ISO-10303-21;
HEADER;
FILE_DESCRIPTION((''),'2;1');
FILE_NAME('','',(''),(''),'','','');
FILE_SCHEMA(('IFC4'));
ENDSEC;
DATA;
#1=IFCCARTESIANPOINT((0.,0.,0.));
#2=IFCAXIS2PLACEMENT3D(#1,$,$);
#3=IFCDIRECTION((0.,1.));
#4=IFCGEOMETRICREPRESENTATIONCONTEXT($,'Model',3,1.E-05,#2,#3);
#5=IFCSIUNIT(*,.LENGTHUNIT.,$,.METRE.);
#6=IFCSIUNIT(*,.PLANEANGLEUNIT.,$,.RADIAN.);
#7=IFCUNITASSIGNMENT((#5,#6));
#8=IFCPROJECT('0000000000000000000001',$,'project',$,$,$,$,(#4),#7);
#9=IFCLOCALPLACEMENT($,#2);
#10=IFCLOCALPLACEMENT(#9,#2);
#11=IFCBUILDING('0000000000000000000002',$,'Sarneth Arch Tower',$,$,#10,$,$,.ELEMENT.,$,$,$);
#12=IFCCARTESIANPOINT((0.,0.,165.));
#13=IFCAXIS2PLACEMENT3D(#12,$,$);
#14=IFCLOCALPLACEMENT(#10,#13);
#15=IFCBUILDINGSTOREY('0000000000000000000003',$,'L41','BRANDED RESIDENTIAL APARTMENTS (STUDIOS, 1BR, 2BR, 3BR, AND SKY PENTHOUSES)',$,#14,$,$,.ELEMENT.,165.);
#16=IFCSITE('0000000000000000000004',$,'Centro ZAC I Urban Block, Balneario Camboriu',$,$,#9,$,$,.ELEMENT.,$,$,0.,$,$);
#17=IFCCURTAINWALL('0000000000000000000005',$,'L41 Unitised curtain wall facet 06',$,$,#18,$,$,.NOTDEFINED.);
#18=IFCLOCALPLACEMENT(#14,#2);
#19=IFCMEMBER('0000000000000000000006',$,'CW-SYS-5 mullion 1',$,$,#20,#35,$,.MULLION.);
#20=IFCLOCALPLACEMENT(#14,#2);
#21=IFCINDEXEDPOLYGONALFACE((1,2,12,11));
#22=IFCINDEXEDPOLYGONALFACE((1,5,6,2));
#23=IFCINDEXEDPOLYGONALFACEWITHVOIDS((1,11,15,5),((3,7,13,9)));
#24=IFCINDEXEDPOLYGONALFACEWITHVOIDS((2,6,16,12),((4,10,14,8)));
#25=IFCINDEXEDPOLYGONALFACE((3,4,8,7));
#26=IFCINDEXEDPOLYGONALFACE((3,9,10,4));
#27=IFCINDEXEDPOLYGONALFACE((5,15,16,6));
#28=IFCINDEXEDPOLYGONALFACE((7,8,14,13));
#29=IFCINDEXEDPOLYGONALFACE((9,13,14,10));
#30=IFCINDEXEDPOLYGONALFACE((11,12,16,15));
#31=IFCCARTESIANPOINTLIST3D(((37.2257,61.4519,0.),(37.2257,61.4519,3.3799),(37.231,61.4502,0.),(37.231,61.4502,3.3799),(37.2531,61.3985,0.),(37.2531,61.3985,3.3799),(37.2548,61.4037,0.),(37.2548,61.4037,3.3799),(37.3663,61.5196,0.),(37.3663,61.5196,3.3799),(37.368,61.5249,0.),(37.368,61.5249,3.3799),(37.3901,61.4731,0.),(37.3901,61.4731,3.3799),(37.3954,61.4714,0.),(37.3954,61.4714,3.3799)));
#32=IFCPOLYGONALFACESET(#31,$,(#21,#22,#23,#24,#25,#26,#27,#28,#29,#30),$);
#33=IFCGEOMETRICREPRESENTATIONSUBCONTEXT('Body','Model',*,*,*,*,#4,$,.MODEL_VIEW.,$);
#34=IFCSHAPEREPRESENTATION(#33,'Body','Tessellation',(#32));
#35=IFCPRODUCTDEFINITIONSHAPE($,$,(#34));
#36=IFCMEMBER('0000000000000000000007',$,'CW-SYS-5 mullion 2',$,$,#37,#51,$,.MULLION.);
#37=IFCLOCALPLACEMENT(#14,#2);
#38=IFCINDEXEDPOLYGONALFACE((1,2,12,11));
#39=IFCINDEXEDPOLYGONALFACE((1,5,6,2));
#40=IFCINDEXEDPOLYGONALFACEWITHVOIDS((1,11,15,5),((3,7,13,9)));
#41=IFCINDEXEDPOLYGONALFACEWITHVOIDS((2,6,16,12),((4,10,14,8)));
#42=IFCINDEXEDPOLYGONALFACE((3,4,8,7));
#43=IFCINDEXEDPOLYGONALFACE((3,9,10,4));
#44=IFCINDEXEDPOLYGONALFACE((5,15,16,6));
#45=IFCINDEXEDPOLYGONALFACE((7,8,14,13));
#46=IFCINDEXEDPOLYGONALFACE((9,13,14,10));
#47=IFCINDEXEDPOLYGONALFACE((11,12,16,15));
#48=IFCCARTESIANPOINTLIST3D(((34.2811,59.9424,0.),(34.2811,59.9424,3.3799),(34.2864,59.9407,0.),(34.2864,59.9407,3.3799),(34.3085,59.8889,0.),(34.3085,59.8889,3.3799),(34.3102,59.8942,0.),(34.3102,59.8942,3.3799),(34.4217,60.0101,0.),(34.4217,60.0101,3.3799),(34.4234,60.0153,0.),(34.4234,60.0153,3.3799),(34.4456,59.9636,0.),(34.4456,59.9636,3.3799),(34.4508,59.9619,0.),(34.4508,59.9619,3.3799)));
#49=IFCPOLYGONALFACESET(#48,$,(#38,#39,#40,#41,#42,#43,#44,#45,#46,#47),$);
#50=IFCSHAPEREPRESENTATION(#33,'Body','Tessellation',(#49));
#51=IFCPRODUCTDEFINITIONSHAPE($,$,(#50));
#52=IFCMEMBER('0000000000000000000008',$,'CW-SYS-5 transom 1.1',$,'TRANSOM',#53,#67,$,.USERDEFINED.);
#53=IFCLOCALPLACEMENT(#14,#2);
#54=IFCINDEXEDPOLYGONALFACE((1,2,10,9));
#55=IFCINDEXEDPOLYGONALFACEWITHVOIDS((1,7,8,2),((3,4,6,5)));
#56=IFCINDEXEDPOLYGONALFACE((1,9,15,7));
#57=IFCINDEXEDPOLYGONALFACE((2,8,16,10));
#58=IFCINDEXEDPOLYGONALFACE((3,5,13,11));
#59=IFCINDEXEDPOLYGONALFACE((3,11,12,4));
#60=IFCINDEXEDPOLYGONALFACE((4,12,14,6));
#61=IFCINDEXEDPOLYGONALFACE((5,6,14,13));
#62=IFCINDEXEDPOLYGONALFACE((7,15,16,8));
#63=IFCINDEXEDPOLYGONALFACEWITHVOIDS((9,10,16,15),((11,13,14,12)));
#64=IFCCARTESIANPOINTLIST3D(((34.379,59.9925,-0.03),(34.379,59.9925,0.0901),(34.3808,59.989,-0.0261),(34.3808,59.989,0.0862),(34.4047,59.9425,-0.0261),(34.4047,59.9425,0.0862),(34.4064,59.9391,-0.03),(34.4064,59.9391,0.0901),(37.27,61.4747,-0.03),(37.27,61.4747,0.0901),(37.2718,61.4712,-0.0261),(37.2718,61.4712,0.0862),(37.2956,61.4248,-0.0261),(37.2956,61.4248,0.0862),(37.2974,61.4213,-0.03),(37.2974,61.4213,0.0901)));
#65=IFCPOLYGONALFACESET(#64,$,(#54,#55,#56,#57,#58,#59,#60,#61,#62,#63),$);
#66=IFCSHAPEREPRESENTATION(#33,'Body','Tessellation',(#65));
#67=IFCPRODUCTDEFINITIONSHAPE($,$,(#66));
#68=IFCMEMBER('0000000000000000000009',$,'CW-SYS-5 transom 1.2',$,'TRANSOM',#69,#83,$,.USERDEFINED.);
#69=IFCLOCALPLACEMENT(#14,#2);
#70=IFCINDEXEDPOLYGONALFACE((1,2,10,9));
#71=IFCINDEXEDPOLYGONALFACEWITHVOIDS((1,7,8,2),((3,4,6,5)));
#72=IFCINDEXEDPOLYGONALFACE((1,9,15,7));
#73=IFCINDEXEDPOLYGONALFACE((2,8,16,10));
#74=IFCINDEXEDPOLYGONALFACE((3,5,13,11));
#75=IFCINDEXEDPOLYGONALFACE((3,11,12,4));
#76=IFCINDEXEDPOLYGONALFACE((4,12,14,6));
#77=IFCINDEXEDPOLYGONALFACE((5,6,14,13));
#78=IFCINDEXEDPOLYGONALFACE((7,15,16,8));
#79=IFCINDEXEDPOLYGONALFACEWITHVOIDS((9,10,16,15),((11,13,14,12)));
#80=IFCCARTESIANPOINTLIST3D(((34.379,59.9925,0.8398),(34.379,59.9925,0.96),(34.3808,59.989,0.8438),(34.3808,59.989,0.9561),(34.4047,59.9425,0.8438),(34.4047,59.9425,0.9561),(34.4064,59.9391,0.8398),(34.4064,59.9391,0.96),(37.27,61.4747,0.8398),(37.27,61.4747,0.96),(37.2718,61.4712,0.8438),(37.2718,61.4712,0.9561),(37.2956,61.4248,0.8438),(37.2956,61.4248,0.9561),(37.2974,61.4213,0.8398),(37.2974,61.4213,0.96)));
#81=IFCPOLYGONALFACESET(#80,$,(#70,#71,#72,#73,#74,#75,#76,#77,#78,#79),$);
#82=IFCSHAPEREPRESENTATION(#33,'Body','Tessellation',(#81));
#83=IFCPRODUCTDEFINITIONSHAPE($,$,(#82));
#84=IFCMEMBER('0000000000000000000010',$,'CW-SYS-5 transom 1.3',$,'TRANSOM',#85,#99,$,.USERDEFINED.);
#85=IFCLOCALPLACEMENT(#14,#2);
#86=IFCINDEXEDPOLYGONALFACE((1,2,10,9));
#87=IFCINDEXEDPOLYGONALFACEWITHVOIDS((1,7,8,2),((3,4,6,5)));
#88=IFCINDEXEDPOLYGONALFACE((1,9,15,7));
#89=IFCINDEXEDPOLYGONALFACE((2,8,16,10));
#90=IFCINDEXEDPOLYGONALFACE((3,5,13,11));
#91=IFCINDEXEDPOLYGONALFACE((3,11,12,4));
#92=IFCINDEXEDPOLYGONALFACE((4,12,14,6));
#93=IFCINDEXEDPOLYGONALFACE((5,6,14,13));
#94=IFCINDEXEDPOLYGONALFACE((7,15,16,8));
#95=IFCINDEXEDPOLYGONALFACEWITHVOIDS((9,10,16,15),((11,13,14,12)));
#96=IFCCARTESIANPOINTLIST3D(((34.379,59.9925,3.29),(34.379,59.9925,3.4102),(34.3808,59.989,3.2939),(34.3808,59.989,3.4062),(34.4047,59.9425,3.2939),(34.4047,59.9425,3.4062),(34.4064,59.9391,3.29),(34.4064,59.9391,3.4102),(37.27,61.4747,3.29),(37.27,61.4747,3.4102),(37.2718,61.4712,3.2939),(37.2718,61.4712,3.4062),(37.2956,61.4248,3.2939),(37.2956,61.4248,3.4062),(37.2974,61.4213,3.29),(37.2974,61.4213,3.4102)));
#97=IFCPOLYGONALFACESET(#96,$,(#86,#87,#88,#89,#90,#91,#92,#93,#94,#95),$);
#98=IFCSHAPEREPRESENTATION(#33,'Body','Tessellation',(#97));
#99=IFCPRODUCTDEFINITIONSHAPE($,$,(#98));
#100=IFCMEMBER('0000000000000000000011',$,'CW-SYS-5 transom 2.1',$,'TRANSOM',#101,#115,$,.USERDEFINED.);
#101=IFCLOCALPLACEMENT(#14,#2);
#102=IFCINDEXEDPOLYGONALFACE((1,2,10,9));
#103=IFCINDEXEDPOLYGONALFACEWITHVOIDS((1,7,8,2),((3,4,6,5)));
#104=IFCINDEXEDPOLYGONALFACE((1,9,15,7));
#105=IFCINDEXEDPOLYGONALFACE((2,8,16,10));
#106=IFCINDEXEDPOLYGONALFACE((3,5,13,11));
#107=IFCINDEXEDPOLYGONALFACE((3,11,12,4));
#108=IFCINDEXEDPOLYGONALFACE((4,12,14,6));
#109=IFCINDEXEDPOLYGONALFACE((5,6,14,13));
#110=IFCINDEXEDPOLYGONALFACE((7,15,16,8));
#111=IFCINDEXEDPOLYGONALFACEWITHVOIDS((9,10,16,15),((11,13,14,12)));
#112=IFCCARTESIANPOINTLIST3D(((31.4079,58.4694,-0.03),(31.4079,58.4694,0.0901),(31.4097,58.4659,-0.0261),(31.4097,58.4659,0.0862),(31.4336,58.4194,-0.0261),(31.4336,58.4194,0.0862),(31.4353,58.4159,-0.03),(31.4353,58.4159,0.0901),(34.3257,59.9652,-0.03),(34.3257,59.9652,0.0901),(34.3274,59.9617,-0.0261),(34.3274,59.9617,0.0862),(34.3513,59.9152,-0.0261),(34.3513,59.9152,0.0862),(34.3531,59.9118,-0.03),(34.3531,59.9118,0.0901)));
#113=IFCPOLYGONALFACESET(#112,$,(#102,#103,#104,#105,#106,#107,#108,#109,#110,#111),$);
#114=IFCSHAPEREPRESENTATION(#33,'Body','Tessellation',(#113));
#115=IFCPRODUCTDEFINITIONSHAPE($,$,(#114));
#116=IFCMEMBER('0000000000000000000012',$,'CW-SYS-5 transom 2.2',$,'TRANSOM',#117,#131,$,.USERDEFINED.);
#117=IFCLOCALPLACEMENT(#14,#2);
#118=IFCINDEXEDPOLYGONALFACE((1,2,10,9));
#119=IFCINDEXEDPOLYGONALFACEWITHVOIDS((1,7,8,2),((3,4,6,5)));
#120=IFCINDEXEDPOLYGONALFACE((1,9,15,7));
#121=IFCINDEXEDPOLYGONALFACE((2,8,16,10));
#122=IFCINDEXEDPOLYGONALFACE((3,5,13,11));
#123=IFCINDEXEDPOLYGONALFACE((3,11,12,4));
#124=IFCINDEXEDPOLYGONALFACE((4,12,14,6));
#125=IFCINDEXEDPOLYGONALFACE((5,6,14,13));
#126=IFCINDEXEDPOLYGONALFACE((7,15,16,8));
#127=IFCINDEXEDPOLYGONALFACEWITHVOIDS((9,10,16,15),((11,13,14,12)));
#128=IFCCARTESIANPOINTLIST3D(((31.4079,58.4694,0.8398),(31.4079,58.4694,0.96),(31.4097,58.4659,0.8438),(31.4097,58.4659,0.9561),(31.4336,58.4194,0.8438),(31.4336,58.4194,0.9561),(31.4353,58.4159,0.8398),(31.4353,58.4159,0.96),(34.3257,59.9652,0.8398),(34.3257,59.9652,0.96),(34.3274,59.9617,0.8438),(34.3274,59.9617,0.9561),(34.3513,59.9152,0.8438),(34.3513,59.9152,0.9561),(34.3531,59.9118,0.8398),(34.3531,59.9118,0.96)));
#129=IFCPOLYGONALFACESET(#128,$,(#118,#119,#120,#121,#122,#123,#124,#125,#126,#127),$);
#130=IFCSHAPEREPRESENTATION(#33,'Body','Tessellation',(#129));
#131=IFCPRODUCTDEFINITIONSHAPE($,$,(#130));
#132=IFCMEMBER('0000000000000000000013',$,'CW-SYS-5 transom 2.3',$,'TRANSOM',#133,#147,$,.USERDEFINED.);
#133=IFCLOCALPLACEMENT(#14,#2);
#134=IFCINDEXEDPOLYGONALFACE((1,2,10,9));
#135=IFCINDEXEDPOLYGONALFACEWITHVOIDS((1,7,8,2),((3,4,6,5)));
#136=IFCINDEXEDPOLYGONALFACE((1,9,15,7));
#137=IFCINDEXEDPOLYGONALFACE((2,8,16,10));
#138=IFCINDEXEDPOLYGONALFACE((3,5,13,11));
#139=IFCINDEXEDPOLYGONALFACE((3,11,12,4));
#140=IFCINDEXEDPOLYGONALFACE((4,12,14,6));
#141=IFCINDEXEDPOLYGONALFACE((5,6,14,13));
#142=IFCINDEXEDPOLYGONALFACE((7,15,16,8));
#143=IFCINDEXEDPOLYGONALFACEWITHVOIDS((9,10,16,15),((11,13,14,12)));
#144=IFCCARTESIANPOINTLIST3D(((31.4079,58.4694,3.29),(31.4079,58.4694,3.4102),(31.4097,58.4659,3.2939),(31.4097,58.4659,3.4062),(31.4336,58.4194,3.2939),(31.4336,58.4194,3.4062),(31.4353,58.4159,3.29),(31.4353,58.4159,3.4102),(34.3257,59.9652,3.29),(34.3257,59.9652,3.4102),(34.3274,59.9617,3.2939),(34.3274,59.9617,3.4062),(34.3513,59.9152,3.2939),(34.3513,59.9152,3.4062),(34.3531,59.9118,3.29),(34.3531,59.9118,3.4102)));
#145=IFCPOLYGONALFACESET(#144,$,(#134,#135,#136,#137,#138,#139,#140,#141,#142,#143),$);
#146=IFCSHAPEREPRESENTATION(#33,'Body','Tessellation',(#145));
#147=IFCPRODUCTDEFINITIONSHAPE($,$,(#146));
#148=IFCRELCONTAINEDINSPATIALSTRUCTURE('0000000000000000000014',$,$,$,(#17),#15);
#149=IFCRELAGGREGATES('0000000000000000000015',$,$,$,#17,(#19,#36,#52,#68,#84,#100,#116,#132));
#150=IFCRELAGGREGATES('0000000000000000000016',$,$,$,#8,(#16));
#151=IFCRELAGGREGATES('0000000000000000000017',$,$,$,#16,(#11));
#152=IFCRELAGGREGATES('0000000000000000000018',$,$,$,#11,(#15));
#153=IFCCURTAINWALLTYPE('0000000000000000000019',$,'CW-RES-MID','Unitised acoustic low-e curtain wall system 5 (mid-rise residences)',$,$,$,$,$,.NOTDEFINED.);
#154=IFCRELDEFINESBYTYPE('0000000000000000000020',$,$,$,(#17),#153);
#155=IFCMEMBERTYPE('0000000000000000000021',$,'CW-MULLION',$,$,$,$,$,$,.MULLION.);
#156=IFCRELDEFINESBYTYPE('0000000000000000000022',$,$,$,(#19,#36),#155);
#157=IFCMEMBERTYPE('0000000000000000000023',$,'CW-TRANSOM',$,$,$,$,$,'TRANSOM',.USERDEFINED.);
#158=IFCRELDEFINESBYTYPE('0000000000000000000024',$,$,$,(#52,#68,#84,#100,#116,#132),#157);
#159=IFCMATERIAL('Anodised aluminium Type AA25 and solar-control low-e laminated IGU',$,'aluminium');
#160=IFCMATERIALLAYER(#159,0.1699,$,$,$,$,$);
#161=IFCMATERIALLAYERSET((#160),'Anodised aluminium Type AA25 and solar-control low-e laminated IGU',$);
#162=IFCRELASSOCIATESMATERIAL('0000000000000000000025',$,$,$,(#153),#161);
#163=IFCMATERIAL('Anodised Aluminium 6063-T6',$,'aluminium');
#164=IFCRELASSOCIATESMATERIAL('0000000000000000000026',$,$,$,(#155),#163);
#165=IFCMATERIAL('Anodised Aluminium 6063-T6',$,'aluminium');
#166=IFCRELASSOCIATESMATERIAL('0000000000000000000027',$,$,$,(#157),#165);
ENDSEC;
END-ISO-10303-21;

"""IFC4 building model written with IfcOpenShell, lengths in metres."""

from ifc_helpers import new_model, si_unit, direction, frame, origin, origin_2d, place, context, subcontext, project, spatial, hollow_rectangle, extrude, material, layer, layer_set, material_profile, profile_set, type_object, element, aggregate, save


model = new_model("IFC4")

# Units and contexts
model_context = context("Model", 3, precision=1e-05, world=origin(), true_north=direction((0.0, 1.0)))
body_context = subcontext(model_context, "Body", "Model", "MODEL_VIEW")
ifc_project = project(units=[si_unit("LENGTHUNIT", "METRE"), si_unit("PLANEANGLEUNIT", "RADIAN")], contexts=[model_context])

# Site, building, storey
site_placement = place(None, origin())
site = spatial("IfcSite", under=ifc_project, at=site_placement, Name="Centro ZAC I Urban Block, Balneario Camboriu", CompositionType="ELEMENT", RefElevation=0.0)
building_placement = place(site_placement, origin())
building = spatial("IfcBuilding", under=site, at=building_placement, Name="Sarneth Arch Tower", CompositionType="ELEMENT")
storey_placement = place(building_placement, frame((0.0, 0.0, 165.0)))
storey = spatial("IfcBuildingStorey", under=building, at=storey_placement, Name="L41", Description="BRANDED RESIDENTIAL APARTMENTS (STUDIOS, 1BR, 2BR, 3BR, AND SKY PENTHOUSES)", CompositionType="ELEMENT", Elevation=165.0)

# Curtain wall, members
ifc_material_1 = material(Name="Anodised aluminium Type AA25 and solar-control low-e laminated IGU", Category="aluminium")
ifc_layer_1 = layer(ifc_material_1, 0.1699)
ifc_layer_set_1 = layer_set([ifc_layer_1], Name="Anodised aluminium Type AA25 and solar-control low-e laminated IGU")
curtain_wall_type = type_object("IfcCurtainWallType", Name="CW-RES-MID", Description="Unitised acoustic low-e curtain wall system 5 (mid-rise residences)", PredefinedType="NOTDEFINED", material=ifc_layer_set_1)
curtain_wall_placement = place(storey_placement, origin())
curtain_wall = element("IfcCurtainWall", 1, at=curtain_wall_placement, inside=storey, type_object=curtain_wall_type, Name="L41 Unitised curtain wall facet 06", PredefinedType="NOTDEFINED")
ifc_material_2 = material(Name="Anodised Aluminium 6063-T6", Category="aluminium")
ifc_material_profile_1 = material_profile(ifc_material_2, hollow_rectangle(XDim=0.0601, YDim=0.1599, WallThickness=0.0039, at=origin_2d()), Name="AL-MULL-160x60x4")
ifc_profile_set_1 = profile_set([ifc_material_profile_1], Name="Anodised Aluminium 6063-T6")
member_type_1 = type_object("IfcMemberType", Name="CW-MULLION", PredefinedType="MULLION", material=ifc_profile_set_1)
member_1_placement = place(storey_placement, frame((37.3105, 61.4617, 0.0), z_axis=(0.0, 0.0, 1.0), x_axis=(0.456208, -0.889873, 0.0)))
member_1 = element("IfcMember", 2, at=member_1_placement, type_object=member_type_1, Name="CW-SYS-5 mullion 1", PredefinedType="MULLION", context=body_context, shape_type="SweptSolid", body=[
    extrude(hollow_rectangle(XDim=0.0601, YDim=0.1599, WallThickness=0.0039, at=origin_2d()), origin(), (0.0, 0.0, 1.0), 3.3799),
])
member_2_placement = place(storey_placement, frame((34.366, 59.9521, 0.0), z_axis=(0.0, 0.0, 1.0), x_axis=(0.456208, -0.889873, 0.0)))
member_2 = element("IfcMember", 3, at=member_2_placement, type_object=member_type_1, Name="CW-SYS-5 mullion 2", PredefinedType="MULLION", context=body_context, shape_type="SweptSolid", body=[
    extrude(hollow_rectangle(XDim=0.0601, YDim=0.1599, WallThickness=0.0039, at=origin_2d()), origin(), (0.0, 0.0, 1.0), 3.3799),
])
ifc_material_3 = material(Name="Anodised Aluminium 6063-T6", Category="aluminium")
ifc_material_profile_2 = material_profile(ifc_material_3, hollow_rectangle(XDim=0.0601, YDim=0.1201, WallThickness=0.0039, at=origin_2d()), Name="AL-TRAN-120x60x4")
ifc_profile_set_2 = profile_set([ifc_material_profile_2], Name="Anodised Aluminium 6063-T6")
member_type_2 = type_object("IfcMemberType", Name="CW-TRANSOM", ElementType="TRANSOM", PredefinedType="USERDEFINED", material=ifc_profile_set_2)
member_3_placement = place(storey_placement, frame((37.2837, 61.448, 0.03), z_axis=(-0.889857, -0.456239, 0.0), x_axis=(0.456239, -0.889857, 0.0)))
member_3 = element("IfcMember", 4, at=member_3_placement, type_object=member_type_2, Name="CW-SYS-5 transom 1.1", ObjectType="TRANSOM", PredefinedType="USERDEFINED", context=body_context, shape_type="SweptSolid", body=[
    extrude(hollow_rectangle(XDim=0.0601, YDim=0.1201, WallThickness=0.0039, at=origin_2d()), origin(), (0.0, 0.0, 1.0), 3.2488),
])
member_4_placement = place(storey_placement, frame((37.2837, 61.448, 0.8999), z_axis=(-0.889857, -0.456239, 0.0), x_axis=(0.456239, -0.889857, 0.0)))
member_4 = element("IfcMember", 5, at=member_4_placement, type_object=member_type_2, Name="CW-SYS-5 transom 1.2", ObjectType="TRANSOM", PredefinedType="USERDEFINED", context=body_context, shape_type="SweptSolid", body=[
    extrude(hollow_rectangle(XDim=0.0601, YDim=0.1201, WallThickness=0.0039, at=origin_2d()), origin(), (0.0, 0.0, 1.0), 3.2488),
])
member_5_placement = place(storey_placement, frame((37.2837, 61.448, 3.3501), z_axis=(-0.889857, -0.456239, 0.0), x_axis=(0.456239, -0.889857, 0.0)))
member_5 = element("IfcMember", 6, at=member_5_placement, type_object=member_type_2, Name="CW-SYS-5 transom 1.3", ObjectType="TRANSOM", PredefinedType="USERDEFINED", context=body_context, shape_type="SweptSolid", body=[
    extrude(hollow_rectangle(XDim=0.0601, YDim=0.1201, WallThickness=0.0039, at=origin_2d()), origin(), (0.0, 0.0, 1.0), 3.2488),
])
member_6_placement = place(storey_placement, frame((34.3394, 59.9385, 0.03), z_axis=(-0.889869, -0.456215, 0.0), x_axis=(0.456215, -0.889869, 0.0)))
member_6 = element("IfcMember", 7, at=member_6_placement, type_object=member_type_2, Name="CW-SYS-5 transom 2.1", ObjectType="TRANSOM", PredefinedType="USERDEFINED", context=body_context, shape_type="SweptSolid", body=[
    extrude(hollow_rectangle(XDim=0.0601, YDim=0.1201, WallThickness=0.0039, at=origin_2d()), origin(), (0.0, 0.0, 1.0), 3.2788),
])
member_7_placement = place(storey_placement, frame((34.3394, 59.9385, 0.8999), z_axis=(-0.889869, -0.456215, 0.0), x_axis=(0.456215, -0.889869, 0.0)))
member_7 = element("IfcMember", 8, at=member_7_placement, type_object=member_type_2, Name="CW-SYS-5 transom 2.2", ObjectType="TRANSOM", PredefinedType="USERDEFINED", context=body_context, shape_type="SweptSolid", body=[
    extrude(hollow_rectangle(XDim=0.0601, YDim=0.1201, WallThickness=0.0039, at=origin_2d()), origin(), (0.0, 0.0, 1.0), 3.2788),
])
member_8_placement = place(storey_placement, frame((34.3394, 59.9385, 3.3501), z_axis=(-0.889869, -0.456215, 0.0), x_axis=(0.456215, -0.889869, 0.0)))
member_8 = element("IfcMember", 9, at=member_8_placement, type_object=member_type_2, Name="CW-SYS-5 transom 2.3", ObjectType="TRANSOM", PredefinedType="USERDEFINED", context=body_context, shape_type="SweptSolid", body=[
    extrude(hollow_rectangle(XDim=0.0601, YDim=0.1201, WallThickness=0.0039, at=origin_2d()), origin(), (0.0, 0.0, 1.0), 3.2788),
])

aggregate(curtain_wall, [member_1, member_2, member_3, member_4, member_5, member_6, member_7, member_8])

save(model, "model.ifc")
